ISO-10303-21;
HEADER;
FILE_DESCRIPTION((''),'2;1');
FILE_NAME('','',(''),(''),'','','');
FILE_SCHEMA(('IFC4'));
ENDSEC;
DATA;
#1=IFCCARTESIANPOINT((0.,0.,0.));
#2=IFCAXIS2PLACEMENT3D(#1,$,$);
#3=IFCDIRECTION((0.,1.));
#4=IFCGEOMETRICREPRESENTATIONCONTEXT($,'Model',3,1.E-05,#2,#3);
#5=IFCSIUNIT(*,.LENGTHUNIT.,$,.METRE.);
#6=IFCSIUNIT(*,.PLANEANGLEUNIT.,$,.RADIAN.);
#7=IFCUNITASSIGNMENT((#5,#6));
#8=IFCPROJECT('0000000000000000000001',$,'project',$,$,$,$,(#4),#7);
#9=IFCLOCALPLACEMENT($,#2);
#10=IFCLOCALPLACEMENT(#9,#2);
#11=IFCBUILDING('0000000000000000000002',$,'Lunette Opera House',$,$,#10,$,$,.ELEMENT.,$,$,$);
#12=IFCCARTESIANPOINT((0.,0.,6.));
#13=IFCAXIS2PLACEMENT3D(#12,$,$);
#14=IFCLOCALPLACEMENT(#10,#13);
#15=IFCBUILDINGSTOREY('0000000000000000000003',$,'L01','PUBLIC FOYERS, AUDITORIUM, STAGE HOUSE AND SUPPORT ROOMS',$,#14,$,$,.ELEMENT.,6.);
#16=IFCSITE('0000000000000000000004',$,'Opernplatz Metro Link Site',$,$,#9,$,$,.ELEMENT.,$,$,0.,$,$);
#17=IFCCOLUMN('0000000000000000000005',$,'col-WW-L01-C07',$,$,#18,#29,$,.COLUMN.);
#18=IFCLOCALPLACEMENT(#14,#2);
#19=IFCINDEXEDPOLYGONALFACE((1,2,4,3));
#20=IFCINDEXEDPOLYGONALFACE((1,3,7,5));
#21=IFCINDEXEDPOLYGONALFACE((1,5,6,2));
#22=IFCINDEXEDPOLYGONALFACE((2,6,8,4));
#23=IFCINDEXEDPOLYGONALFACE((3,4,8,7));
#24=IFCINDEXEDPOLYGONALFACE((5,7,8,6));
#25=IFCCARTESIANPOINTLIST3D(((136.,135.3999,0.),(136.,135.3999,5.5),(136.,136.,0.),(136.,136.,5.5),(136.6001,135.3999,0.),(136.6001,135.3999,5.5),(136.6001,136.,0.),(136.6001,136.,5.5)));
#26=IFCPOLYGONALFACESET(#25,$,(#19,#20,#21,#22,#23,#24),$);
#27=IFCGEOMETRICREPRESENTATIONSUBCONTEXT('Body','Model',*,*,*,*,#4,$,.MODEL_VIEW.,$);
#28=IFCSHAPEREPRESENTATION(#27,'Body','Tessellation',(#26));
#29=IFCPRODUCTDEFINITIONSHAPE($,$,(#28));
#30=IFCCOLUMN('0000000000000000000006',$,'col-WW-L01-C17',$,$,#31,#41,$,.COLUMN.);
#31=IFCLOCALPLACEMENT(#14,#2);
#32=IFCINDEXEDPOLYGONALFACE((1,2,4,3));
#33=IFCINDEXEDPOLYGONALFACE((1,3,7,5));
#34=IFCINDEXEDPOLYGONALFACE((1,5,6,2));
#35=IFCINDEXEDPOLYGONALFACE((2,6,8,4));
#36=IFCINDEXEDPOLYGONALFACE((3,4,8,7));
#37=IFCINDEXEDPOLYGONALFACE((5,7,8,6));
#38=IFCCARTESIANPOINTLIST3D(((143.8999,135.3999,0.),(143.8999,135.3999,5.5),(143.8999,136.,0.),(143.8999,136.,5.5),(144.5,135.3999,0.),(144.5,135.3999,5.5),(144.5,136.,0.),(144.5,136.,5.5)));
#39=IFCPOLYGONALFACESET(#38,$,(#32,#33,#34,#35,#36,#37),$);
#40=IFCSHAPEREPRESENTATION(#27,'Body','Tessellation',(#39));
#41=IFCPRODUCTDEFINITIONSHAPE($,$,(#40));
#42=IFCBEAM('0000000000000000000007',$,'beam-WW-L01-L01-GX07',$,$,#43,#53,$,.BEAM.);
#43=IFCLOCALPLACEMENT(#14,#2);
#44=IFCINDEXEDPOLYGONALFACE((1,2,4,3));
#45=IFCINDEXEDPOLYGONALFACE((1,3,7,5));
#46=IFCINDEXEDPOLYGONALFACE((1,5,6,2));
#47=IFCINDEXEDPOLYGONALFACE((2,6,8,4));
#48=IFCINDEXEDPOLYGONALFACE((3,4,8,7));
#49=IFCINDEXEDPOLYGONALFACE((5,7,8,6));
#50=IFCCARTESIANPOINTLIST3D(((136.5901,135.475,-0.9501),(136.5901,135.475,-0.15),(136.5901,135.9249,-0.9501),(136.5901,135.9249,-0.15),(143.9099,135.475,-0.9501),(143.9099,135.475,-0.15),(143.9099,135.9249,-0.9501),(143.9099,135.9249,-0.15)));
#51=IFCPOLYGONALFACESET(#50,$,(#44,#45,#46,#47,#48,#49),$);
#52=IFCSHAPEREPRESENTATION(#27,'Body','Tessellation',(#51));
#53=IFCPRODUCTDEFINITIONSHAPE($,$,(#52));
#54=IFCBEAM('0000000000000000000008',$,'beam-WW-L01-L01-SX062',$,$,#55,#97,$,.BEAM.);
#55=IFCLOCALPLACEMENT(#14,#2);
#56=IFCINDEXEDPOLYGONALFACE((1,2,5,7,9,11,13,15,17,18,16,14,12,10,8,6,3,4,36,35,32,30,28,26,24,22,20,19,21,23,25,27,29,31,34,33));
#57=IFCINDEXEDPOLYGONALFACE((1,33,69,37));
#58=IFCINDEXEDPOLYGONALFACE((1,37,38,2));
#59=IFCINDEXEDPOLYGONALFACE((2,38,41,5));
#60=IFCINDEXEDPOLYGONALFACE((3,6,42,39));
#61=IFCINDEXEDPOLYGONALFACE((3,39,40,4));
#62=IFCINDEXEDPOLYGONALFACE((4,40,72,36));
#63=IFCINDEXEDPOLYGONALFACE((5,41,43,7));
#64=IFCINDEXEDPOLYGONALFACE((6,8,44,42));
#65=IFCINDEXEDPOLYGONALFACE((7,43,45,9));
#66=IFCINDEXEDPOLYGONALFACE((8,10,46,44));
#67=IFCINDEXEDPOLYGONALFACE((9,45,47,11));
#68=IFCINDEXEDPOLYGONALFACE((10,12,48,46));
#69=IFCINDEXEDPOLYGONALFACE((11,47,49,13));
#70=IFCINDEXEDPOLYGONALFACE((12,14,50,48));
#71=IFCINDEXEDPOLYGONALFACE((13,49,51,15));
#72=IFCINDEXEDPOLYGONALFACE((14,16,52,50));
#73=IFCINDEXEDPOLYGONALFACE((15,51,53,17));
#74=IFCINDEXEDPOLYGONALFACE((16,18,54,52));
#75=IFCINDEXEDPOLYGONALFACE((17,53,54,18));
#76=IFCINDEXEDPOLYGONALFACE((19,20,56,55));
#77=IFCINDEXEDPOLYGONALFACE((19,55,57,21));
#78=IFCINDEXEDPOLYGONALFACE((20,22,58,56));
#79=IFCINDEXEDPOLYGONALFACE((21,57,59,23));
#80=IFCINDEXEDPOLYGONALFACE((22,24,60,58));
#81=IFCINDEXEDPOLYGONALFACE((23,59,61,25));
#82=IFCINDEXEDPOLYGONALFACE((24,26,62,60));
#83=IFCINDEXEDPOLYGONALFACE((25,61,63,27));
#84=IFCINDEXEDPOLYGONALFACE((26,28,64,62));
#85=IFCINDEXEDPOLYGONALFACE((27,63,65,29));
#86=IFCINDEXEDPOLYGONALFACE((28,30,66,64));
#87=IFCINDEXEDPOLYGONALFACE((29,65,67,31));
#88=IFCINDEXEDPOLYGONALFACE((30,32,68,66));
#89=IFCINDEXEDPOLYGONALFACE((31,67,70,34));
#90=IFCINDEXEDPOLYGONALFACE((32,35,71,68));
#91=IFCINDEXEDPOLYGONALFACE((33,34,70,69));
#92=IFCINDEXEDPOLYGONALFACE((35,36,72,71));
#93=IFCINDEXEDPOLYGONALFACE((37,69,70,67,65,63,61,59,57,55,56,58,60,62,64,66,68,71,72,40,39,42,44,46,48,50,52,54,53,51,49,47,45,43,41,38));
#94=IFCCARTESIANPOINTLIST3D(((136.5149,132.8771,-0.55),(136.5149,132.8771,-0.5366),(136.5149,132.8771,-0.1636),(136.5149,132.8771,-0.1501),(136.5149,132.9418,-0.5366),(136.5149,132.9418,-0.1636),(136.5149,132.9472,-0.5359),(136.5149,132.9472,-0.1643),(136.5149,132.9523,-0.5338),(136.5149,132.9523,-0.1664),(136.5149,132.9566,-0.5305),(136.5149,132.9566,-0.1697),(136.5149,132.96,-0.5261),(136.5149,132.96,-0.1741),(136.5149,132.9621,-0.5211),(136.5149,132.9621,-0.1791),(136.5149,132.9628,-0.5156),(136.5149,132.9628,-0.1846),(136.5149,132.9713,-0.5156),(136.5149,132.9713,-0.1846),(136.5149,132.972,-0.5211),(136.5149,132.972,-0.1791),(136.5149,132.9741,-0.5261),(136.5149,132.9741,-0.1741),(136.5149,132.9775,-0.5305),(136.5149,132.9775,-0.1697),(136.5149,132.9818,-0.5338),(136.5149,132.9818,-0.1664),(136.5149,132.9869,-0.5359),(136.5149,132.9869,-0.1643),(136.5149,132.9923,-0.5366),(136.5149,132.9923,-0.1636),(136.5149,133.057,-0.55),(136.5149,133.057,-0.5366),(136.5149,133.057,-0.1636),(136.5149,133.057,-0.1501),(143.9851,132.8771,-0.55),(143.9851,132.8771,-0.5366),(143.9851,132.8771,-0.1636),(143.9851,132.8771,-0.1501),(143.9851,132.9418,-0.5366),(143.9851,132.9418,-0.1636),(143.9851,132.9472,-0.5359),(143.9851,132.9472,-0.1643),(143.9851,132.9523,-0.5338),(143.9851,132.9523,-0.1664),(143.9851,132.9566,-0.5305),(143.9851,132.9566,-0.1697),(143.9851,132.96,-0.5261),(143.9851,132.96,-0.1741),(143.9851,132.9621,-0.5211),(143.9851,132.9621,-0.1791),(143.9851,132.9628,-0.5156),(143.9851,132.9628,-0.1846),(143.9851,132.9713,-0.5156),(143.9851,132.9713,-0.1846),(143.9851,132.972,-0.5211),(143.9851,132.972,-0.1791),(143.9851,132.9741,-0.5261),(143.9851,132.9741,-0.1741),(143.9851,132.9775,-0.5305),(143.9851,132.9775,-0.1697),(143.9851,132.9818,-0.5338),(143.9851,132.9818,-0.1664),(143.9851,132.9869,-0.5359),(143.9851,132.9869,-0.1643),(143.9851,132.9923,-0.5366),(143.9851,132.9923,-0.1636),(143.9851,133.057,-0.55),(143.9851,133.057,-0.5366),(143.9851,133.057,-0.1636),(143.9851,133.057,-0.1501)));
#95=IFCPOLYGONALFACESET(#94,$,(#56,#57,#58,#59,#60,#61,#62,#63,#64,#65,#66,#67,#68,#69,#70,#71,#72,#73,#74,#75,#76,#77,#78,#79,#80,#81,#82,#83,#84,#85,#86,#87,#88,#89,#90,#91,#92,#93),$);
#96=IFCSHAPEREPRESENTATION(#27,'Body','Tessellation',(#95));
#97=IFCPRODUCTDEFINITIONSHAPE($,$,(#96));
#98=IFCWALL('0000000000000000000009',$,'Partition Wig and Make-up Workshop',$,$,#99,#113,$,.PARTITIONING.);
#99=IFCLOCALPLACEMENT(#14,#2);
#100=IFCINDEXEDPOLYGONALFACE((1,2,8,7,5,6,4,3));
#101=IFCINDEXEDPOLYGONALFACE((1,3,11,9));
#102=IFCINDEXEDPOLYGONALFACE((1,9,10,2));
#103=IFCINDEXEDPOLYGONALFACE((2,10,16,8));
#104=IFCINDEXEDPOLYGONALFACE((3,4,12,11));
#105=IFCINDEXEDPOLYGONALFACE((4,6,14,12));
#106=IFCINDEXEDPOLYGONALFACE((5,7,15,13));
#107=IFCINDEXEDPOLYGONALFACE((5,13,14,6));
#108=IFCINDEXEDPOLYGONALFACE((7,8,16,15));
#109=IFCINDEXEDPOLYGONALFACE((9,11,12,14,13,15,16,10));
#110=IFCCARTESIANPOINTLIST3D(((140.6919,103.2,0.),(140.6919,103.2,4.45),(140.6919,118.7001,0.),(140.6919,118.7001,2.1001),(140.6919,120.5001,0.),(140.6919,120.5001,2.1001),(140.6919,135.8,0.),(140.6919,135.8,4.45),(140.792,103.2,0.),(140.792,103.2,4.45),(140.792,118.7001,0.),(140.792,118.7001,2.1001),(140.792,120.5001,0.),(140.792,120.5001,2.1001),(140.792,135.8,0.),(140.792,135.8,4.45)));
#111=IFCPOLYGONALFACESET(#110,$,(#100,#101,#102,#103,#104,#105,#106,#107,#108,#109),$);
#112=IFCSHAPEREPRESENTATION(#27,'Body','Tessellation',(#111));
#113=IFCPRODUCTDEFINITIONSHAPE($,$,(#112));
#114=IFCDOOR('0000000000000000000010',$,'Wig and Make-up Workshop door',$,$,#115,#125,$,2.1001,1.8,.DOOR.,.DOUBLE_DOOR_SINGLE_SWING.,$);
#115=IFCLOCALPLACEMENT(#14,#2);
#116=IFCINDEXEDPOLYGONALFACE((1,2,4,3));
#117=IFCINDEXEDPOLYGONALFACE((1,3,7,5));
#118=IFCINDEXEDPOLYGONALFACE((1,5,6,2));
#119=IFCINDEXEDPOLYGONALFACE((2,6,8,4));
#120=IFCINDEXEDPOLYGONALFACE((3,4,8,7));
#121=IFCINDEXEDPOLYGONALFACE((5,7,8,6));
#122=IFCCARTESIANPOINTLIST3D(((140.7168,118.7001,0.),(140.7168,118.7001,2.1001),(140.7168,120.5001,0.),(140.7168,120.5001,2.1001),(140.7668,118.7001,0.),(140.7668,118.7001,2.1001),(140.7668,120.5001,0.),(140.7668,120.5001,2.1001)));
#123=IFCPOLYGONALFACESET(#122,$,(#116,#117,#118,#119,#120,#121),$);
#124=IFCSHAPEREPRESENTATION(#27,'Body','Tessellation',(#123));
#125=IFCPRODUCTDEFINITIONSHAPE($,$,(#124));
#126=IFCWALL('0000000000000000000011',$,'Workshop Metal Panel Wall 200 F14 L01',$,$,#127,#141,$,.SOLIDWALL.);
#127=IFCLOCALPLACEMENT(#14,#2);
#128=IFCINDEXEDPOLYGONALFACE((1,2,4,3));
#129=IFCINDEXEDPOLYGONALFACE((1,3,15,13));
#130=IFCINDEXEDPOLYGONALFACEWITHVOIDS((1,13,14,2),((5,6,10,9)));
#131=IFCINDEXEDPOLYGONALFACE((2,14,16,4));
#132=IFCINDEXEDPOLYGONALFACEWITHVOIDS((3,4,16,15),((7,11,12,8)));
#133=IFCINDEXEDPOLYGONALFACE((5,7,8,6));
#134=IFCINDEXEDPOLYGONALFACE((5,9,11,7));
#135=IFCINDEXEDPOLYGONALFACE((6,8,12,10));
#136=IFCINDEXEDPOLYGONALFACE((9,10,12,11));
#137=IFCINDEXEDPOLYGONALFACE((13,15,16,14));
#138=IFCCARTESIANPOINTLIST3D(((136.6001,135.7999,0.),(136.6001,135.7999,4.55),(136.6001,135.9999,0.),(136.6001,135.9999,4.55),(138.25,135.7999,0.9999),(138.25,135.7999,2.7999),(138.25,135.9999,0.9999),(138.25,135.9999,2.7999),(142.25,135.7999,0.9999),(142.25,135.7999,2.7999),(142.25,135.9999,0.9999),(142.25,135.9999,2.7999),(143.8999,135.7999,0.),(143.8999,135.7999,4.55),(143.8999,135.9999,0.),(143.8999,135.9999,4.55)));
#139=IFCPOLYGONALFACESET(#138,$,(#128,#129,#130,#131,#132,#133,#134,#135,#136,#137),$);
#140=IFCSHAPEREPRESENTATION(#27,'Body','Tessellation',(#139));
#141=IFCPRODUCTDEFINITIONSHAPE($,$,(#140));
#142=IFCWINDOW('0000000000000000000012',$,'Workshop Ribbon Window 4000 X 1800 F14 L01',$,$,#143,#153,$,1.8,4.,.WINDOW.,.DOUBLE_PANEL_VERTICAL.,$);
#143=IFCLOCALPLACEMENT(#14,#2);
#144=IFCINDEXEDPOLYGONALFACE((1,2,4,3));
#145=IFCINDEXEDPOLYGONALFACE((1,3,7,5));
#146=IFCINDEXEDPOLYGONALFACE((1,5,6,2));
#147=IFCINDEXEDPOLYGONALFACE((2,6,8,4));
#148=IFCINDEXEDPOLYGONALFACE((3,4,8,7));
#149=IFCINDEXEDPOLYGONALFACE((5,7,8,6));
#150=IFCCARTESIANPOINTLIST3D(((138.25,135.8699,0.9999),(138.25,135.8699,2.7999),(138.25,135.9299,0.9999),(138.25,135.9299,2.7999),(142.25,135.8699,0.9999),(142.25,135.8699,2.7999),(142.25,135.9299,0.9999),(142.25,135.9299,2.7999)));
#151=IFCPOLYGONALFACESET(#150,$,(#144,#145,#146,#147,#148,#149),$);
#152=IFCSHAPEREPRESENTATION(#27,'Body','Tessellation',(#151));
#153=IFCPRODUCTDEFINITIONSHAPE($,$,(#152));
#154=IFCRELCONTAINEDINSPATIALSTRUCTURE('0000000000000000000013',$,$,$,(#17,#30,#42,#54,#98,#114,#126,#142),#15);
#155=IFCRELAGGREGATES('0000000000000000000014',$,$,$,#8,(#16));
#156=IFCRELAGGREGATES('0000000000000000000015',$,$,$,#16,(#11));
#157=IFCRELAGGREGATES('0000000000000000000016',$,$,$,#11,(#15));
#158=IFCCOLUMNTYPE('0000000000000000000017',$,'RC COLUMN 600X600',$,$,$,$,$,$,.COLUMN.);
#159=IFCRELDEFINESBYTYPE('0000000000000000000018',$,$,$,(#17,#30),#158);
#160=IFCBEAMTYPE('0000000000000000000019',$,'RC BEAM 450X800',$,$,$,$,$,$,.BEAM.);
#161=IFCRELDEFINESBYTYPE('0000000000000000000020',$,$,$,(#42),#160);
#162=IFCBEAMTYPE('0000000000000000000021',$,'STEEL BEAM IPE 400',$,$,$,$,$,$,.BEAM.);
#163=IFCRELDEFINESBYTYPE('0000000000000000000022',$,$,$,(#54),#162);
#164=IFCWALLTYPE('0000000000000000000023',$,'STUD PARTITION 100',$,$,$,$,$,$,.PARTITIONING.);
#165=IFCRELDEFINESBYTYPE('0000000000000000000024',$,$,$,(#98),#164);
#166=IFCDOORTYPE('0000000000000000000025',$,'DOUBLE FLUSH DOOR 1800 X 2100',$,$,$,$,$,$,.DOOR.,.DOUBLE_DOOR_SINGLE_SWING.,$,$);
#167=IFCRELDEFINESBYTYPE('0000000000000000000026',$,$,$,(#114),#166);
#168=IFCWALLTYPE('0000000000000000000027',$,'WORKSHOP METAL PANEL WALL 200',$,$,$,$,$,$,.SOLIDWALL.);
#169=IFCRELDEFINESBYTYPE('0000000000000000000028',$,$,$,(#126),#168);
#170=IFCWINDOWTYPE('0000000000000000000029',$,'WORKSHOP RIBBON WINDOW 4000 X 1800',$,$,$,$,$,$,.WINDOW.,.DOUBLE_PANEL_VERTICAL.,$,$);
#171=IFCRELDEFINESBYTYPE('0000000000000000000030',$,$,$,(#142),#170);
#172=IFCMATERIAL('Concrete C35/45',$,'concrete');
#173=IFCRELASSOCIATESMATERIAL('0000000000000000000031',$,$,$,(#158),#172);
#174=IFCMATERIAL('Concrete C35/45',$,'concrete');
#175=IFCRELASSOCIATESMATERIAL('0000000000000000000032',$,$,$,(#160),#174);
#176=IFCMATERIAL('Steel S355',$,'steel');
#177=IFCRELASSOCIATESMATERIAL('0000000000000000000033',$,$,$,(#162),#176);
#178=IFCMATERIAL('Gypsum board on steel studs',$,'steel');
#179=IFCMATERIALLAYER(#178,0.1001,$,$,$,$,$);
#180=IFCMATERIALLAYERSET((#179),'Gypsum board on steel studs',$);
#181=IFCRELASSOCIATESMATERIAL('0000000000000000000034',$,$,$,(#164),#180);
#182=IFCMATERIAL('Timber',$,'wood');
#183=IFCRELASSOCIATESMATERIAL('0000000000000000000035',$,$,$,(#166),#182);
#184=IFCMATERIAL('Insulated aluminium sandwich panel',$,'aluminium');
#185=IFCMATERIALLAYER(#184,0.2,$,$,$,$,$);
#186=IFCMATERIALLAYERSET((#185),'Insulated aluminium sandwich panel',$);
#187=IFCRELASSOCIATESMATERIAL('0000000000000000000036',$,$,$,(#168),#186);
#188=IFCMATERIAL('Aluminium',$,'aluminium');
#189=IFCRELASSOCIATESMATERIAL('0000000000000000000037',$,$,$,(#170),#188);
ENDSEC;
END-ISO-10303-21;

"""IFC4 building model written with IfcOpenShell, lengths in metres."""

from ifc_helpers import new_model, si_unit, direction, frame, frame_2d, origin, origin_2d, place, context, subcontext, project, spatial, rectangle, i_section, extrude, material, layer, layer_set, material_profile, profile_set, type_object, element, fill, save


model = new_model("IFC4")

# Units and contexts
model_context = context("Model", 3, precision=1e-05, world=origin(), true_north=direction((0.0, 1.0)))
body_context = subcontext(model_context, "Body", "Model", "MODEL_VIEW")
ifc_project = project(units=[si_unit("LENGTHUNIT", "METRE"), si_unit("PLANEANGLEUNIT", "RADIAN")], contexts=[model_context])

# Site, building, storey
site_placement = place(None, origin())
site = spatial("IfcSite", under=ifc_project, at=site_placement, Name="Opernplatz Metro Link Site", CompositionType="ELEMENT", RefElevation=0.0)
building_placement = place(site_placement, origin())
building = spatial("IfcBuilding", under=site, at=building_placement, Name="Lunette Opera House", CompositionType="ELEMENT")
storey_placement = place(building_placement, frame((0.0, 0.0, 6.0)))
storey = spatial("IfcBuildingStorey", under=building, at=storey_placement, Name="L01", Description="PUBLIC FOYERS, AUDITORIUM, STAGE HOUSE AND SUPPORT ROOMS", CompositionType="ELEMENT", Elevation=6.0)

# Columns
ifc_material_1 = material(Name="Concrete C35/45", Category="concrete")
ifc_material_profile_1 = material_profile(ifc_material_1, rectangle(XDim=0.6001, YDim=0.6001, at=origin_2d()), Name="RC COLUMN 600X600")
ifc_profile_set_1 = profile_set([ifc_material_profile_1], Name="Concrete C35/45")
column_type = type_object("IfcColumnType", Name="RC COLUMN 600X600", PredefinedType="COLUMN", material=ifc_profile_set_1)
for number, where, z_axis, x_axis, name in (
    (1, (136.3, 135.7, 0.0), (0.0, 0.0, 1.0), (1.0, 0.0, 0.0), "col-WW-L01-C07"),
    (2, (144.2, 135.7, 0.0), (0.0, 0.0, 1.0), (1.0, 0.0, 0.0), "col-WW-L01-C17"),
):
    element("IfcColumn", number, at=place(storey_placement, frame(where, z_axis=z_axis, x_axis=x_axis)), inside=storey, type_object=column_type, Name=name, PredefinedType="COLUMN", context=body_context, shape_type="SweptSolid", body=[
        extrude(rectangle(XDim=0.6001, YDim=0.6001, at=origin_2d()), origin(), (0.0, 0.0, 1.0), 5.5),
    ])

# Beams
ifc_material_2 = material(Name="Concrete C35/45", Category="concrete")
ifc_material_profile_2 = material_profile(ifc_material_2, rectangle(XDim=0.45, YDim=0.8, at=origin_2d()), Name="RC BEAM 450X800")
ifc_profile_set_2 = profile_set([ifc_material_profile_2], Name="Concrete C35/45")
beam_type_1 = type_object("IfcBeamType", Name="RC BEAM 450X800", PredefinedType="BEAM", material=ifc_profile_set_2)
beam_1_placement = place(storey_placement, frame((136.5901, 135.7, -0.55), z_axis=(1.0, 0.0, 0.0), x_axis=(0.0, 1.0, 0.0)))
element("IfcBeam", 3, at=beam_1_placement, inside=storey, type_object=beam_type_1, Name="beam-WW-L01-L01-GX07", PredefinedType="BEAM", context=body_context, shape_type="SweptSolid", body=[
    extrude(rectangle(XDim=0.45, YDim=0.8, at=origin_2d()), origin(), (0.0, 0.0, 1.0), 7.3198),
])
ifc_material_3 = material(Name="Steel S355", Category="steel")
ifc_material_profile_3 = material_profile(ifc_material_3, i_section(OverallWidth=0.1799, OverallDepth=0.3999, WebThickness=0.0085, FlangeThickness=0.0134, FilletRadius=0.021, at=origin_2d()), Name="IPE 400")
ifc_profile_set_3 = profile_set([ifc_material_profile_3], Name="Steel S355")
beam_type_2 = type_object("IfcBeamType", Name="STEEL BEAM IPE 400", PredefinedType="BEAM", material=ifc_profile_set_3)
beam_2_placement = place(storey_placement, frame((136.5149, 132.967, -0.3501), z_axis=(1.0, 0.0, 0.0), x_axis=(0.0, 1.0, 0.0)))
element("IfcBeam", 4, at=beam_2_placement, inside=storey, type_object=beam_type_2, Name="beam-WW-L01-L01-SX062", PredefinedType="BEAM", context=body_context, shape_type="SweptSolid", body=[
    extrude(i_section(OverallWidth=0.1799, OverallDepth=0.3999, WebThickness=0.0085, FlangeThickness=0.0134, FilletRadius=0.021, at=origin_2d()), origin(), (0.0, 0.0, 1.0), 7.4702),
])

# Wall, opening, door
ifc_material_4 = material(Name="Gypsum board on steel studs", Category="steel")
ifc_layer_1 = layer(ifc_material_4, 0.1001)
ifc_layer_set_1 = layer_set([ifc_layer_1], Name="Gypsum board on steel studs")
wall_type_1 = type_object("IfcWallType", Name="STUD PARTITION 100", PredefinedType="PARTITIONING", material=ifc_layer_set_1)
wall_1_placement = place(storey_placement, frame((140.7419, 135.8, 0.0), z_axis=(0.0, 0.0, 1.0), x_axis=(0.0, -1.0, 0.0)))
wall_1 = element("IfcWall", 5, at=wall_1_placement, inside=storey, type_object=wall_type_1, Name="Partition Wig and Make-up Workshop", PredefinedType="PARTITIONING", context=body_context, shape_type="SweptSolid", body=[
    extrude(rectangle(XDim=32.6001, YDim=0.1001, at=frame_2d((16.3, 0.0))), origin(), (0.0, 0.0, 1.0), 4.45),
])
opening_1_placement = place(wall_1_placement, frame((15.3, 0.0, 0.0)))
opening_1 = element("IfcOpeningElement", 6, at=opening_1_placement, cuts=wall_1, PredefinedType="OPENING", context=body_context, shape_type="SweptSolid", body=[
    extrude(rectangle(XDim=1.8, YDim=2.1001, at=frame_2d((0.8999, 1.05))), frame((0.0, 0.062, 0.0), z_axis=(0.0, -1.0, 0.0), x_axis=(1.0, 0.0, 0.0)), (0.0, 0.0, 1.0), 0.124),
])
ifc_material_5 = material(Name="Timber", Category="wood")
door_type = type_object("IfcDoorType", Name="DOUBLE FLUSH DOOR 1800 X 2100", OperationType="DOUBLE_DOOR_SINGLE_SWING", PredefinedType="DOOR", material=ifc_material_5)
door_placement = place(opening_1_placement, origin())
door = element("IfcDoor", 7, at=door_placement, inside=storey, type_object=door_type, Name="Wig and Make-up Workshop door", OperationType="DOUBLE_DOOR_SINGLE_SWING", OverallHeight=2.1001, OverallWidth=1.8, PredefinedType="DOOR", context=body_context, shape_type="SweptSolid", body=[
    extrude(rectangle(XDim=1.8, YDim=2.1001, at=frame_2d((0.8999, 1.05))), frame((0.0, 0.0249, 0.0), z_axis=(0.0, -1.0, 0.0), x_axis=(1.0, 0.0, 0.0)), (0.0, 0.0, 1.0), 0.05),
])
fill(opening_1, door)

# Wall, opening, window
ifc_material_6 = material(Name="Insulated aluminium sandwich panel", Category="aluminium")
ifc_layer_2 = layer(ifc_material_6, 0.2)
ifc_layer_set_2 = layer_set([ifc_layer_2], Name="Insulated aluminium sandwich panel")
wall_type_2 = type_object("IfcWallType", Name="WORKSHOP METAL PANEL WALL 200", PredefinedType="SOLIDWALL", material=ifc_layer_set_2)
wall_2_placement = place(storey_placement, frame((143.8999, 135.8999, 0.0), z_axis=(0.0, 0.0, 1.0), x_axis=(-1.0, 0.0, 0.0)))
wall_2 = element("IfcWall", 8, at=wall_2_placement, inside=storey, type_object=wall_type_2, Name="Workshop Metal Panel Wall 200 F14 L01", PredefinedType="SOLIDWALL", context=body_context, shape_type="SweptSolid", body=[
    extrude(rectangle(XDim=7.2998, YDim=0.2, at=frame_2d((3.6499, 0.0))), origin(), (0.0, 0.0, 1.0), 4.55),
])
opening_2_placement = place(wall_2_placement, frame((1.6499, 0.0, 1.0)))
opening_2 = element("IfcOpeningElement", 9, at=opening_2_placement, cuts=wall_2, PredefinedType="OPENING", context=body_context, shape_type="SweptSolid", body=[
    extrude(rectangle(XDim=4.0, YDim=1.8, at=frame_2d((2.0, 0.8999))), frame((0.0, 0.1121, 0.0), z_axis=(0.0, -1.0, 0.0), x_axis=(1.0, 0.0, 0.0)), (0.0, 0.0, 1.0), 0.2239),
])
ifc_material_7 = material(Name="Aluminium", Category="aluminium")
window_type = type_object("IfcWindowType", Name="WORKSHOP RIBBON WINDOW 4000 X 1800", PartitioningType="DOUBLE_PANEL_VERTICAL", PredefinedType="WINDOW", material=ifc_material_7)
window_1_placement = place(opening_2_placement, origin())
window_1 = element("IfcWindow", 10, at=window_1_placement, inside=storey, type_object=window_type, Name="Workshop Ribbon Window 4000 X 1800 F14 L01", OverallHeight=1.8, OverallWidth=4.0, PartitioningType="DOUBLE_PANEL_VERTICAL", PredefinedType="WINDOW", context=body_context, shape_type="SweptSolid", body=[
    extrude(rectangle(XDim=4.0, YDim=1.8, at=frame_2d((2.0, 0.8999))), frame((0.0, 0.03, 0.0), z_axis=(0.0, -1.0, 0.0), x_axis=(1.0, 0.0, 0.0)), (0.0, 0.0, 1.0), 0.0601),
])
fill(opening_2, window_1)

save(model, "model.ifc")
